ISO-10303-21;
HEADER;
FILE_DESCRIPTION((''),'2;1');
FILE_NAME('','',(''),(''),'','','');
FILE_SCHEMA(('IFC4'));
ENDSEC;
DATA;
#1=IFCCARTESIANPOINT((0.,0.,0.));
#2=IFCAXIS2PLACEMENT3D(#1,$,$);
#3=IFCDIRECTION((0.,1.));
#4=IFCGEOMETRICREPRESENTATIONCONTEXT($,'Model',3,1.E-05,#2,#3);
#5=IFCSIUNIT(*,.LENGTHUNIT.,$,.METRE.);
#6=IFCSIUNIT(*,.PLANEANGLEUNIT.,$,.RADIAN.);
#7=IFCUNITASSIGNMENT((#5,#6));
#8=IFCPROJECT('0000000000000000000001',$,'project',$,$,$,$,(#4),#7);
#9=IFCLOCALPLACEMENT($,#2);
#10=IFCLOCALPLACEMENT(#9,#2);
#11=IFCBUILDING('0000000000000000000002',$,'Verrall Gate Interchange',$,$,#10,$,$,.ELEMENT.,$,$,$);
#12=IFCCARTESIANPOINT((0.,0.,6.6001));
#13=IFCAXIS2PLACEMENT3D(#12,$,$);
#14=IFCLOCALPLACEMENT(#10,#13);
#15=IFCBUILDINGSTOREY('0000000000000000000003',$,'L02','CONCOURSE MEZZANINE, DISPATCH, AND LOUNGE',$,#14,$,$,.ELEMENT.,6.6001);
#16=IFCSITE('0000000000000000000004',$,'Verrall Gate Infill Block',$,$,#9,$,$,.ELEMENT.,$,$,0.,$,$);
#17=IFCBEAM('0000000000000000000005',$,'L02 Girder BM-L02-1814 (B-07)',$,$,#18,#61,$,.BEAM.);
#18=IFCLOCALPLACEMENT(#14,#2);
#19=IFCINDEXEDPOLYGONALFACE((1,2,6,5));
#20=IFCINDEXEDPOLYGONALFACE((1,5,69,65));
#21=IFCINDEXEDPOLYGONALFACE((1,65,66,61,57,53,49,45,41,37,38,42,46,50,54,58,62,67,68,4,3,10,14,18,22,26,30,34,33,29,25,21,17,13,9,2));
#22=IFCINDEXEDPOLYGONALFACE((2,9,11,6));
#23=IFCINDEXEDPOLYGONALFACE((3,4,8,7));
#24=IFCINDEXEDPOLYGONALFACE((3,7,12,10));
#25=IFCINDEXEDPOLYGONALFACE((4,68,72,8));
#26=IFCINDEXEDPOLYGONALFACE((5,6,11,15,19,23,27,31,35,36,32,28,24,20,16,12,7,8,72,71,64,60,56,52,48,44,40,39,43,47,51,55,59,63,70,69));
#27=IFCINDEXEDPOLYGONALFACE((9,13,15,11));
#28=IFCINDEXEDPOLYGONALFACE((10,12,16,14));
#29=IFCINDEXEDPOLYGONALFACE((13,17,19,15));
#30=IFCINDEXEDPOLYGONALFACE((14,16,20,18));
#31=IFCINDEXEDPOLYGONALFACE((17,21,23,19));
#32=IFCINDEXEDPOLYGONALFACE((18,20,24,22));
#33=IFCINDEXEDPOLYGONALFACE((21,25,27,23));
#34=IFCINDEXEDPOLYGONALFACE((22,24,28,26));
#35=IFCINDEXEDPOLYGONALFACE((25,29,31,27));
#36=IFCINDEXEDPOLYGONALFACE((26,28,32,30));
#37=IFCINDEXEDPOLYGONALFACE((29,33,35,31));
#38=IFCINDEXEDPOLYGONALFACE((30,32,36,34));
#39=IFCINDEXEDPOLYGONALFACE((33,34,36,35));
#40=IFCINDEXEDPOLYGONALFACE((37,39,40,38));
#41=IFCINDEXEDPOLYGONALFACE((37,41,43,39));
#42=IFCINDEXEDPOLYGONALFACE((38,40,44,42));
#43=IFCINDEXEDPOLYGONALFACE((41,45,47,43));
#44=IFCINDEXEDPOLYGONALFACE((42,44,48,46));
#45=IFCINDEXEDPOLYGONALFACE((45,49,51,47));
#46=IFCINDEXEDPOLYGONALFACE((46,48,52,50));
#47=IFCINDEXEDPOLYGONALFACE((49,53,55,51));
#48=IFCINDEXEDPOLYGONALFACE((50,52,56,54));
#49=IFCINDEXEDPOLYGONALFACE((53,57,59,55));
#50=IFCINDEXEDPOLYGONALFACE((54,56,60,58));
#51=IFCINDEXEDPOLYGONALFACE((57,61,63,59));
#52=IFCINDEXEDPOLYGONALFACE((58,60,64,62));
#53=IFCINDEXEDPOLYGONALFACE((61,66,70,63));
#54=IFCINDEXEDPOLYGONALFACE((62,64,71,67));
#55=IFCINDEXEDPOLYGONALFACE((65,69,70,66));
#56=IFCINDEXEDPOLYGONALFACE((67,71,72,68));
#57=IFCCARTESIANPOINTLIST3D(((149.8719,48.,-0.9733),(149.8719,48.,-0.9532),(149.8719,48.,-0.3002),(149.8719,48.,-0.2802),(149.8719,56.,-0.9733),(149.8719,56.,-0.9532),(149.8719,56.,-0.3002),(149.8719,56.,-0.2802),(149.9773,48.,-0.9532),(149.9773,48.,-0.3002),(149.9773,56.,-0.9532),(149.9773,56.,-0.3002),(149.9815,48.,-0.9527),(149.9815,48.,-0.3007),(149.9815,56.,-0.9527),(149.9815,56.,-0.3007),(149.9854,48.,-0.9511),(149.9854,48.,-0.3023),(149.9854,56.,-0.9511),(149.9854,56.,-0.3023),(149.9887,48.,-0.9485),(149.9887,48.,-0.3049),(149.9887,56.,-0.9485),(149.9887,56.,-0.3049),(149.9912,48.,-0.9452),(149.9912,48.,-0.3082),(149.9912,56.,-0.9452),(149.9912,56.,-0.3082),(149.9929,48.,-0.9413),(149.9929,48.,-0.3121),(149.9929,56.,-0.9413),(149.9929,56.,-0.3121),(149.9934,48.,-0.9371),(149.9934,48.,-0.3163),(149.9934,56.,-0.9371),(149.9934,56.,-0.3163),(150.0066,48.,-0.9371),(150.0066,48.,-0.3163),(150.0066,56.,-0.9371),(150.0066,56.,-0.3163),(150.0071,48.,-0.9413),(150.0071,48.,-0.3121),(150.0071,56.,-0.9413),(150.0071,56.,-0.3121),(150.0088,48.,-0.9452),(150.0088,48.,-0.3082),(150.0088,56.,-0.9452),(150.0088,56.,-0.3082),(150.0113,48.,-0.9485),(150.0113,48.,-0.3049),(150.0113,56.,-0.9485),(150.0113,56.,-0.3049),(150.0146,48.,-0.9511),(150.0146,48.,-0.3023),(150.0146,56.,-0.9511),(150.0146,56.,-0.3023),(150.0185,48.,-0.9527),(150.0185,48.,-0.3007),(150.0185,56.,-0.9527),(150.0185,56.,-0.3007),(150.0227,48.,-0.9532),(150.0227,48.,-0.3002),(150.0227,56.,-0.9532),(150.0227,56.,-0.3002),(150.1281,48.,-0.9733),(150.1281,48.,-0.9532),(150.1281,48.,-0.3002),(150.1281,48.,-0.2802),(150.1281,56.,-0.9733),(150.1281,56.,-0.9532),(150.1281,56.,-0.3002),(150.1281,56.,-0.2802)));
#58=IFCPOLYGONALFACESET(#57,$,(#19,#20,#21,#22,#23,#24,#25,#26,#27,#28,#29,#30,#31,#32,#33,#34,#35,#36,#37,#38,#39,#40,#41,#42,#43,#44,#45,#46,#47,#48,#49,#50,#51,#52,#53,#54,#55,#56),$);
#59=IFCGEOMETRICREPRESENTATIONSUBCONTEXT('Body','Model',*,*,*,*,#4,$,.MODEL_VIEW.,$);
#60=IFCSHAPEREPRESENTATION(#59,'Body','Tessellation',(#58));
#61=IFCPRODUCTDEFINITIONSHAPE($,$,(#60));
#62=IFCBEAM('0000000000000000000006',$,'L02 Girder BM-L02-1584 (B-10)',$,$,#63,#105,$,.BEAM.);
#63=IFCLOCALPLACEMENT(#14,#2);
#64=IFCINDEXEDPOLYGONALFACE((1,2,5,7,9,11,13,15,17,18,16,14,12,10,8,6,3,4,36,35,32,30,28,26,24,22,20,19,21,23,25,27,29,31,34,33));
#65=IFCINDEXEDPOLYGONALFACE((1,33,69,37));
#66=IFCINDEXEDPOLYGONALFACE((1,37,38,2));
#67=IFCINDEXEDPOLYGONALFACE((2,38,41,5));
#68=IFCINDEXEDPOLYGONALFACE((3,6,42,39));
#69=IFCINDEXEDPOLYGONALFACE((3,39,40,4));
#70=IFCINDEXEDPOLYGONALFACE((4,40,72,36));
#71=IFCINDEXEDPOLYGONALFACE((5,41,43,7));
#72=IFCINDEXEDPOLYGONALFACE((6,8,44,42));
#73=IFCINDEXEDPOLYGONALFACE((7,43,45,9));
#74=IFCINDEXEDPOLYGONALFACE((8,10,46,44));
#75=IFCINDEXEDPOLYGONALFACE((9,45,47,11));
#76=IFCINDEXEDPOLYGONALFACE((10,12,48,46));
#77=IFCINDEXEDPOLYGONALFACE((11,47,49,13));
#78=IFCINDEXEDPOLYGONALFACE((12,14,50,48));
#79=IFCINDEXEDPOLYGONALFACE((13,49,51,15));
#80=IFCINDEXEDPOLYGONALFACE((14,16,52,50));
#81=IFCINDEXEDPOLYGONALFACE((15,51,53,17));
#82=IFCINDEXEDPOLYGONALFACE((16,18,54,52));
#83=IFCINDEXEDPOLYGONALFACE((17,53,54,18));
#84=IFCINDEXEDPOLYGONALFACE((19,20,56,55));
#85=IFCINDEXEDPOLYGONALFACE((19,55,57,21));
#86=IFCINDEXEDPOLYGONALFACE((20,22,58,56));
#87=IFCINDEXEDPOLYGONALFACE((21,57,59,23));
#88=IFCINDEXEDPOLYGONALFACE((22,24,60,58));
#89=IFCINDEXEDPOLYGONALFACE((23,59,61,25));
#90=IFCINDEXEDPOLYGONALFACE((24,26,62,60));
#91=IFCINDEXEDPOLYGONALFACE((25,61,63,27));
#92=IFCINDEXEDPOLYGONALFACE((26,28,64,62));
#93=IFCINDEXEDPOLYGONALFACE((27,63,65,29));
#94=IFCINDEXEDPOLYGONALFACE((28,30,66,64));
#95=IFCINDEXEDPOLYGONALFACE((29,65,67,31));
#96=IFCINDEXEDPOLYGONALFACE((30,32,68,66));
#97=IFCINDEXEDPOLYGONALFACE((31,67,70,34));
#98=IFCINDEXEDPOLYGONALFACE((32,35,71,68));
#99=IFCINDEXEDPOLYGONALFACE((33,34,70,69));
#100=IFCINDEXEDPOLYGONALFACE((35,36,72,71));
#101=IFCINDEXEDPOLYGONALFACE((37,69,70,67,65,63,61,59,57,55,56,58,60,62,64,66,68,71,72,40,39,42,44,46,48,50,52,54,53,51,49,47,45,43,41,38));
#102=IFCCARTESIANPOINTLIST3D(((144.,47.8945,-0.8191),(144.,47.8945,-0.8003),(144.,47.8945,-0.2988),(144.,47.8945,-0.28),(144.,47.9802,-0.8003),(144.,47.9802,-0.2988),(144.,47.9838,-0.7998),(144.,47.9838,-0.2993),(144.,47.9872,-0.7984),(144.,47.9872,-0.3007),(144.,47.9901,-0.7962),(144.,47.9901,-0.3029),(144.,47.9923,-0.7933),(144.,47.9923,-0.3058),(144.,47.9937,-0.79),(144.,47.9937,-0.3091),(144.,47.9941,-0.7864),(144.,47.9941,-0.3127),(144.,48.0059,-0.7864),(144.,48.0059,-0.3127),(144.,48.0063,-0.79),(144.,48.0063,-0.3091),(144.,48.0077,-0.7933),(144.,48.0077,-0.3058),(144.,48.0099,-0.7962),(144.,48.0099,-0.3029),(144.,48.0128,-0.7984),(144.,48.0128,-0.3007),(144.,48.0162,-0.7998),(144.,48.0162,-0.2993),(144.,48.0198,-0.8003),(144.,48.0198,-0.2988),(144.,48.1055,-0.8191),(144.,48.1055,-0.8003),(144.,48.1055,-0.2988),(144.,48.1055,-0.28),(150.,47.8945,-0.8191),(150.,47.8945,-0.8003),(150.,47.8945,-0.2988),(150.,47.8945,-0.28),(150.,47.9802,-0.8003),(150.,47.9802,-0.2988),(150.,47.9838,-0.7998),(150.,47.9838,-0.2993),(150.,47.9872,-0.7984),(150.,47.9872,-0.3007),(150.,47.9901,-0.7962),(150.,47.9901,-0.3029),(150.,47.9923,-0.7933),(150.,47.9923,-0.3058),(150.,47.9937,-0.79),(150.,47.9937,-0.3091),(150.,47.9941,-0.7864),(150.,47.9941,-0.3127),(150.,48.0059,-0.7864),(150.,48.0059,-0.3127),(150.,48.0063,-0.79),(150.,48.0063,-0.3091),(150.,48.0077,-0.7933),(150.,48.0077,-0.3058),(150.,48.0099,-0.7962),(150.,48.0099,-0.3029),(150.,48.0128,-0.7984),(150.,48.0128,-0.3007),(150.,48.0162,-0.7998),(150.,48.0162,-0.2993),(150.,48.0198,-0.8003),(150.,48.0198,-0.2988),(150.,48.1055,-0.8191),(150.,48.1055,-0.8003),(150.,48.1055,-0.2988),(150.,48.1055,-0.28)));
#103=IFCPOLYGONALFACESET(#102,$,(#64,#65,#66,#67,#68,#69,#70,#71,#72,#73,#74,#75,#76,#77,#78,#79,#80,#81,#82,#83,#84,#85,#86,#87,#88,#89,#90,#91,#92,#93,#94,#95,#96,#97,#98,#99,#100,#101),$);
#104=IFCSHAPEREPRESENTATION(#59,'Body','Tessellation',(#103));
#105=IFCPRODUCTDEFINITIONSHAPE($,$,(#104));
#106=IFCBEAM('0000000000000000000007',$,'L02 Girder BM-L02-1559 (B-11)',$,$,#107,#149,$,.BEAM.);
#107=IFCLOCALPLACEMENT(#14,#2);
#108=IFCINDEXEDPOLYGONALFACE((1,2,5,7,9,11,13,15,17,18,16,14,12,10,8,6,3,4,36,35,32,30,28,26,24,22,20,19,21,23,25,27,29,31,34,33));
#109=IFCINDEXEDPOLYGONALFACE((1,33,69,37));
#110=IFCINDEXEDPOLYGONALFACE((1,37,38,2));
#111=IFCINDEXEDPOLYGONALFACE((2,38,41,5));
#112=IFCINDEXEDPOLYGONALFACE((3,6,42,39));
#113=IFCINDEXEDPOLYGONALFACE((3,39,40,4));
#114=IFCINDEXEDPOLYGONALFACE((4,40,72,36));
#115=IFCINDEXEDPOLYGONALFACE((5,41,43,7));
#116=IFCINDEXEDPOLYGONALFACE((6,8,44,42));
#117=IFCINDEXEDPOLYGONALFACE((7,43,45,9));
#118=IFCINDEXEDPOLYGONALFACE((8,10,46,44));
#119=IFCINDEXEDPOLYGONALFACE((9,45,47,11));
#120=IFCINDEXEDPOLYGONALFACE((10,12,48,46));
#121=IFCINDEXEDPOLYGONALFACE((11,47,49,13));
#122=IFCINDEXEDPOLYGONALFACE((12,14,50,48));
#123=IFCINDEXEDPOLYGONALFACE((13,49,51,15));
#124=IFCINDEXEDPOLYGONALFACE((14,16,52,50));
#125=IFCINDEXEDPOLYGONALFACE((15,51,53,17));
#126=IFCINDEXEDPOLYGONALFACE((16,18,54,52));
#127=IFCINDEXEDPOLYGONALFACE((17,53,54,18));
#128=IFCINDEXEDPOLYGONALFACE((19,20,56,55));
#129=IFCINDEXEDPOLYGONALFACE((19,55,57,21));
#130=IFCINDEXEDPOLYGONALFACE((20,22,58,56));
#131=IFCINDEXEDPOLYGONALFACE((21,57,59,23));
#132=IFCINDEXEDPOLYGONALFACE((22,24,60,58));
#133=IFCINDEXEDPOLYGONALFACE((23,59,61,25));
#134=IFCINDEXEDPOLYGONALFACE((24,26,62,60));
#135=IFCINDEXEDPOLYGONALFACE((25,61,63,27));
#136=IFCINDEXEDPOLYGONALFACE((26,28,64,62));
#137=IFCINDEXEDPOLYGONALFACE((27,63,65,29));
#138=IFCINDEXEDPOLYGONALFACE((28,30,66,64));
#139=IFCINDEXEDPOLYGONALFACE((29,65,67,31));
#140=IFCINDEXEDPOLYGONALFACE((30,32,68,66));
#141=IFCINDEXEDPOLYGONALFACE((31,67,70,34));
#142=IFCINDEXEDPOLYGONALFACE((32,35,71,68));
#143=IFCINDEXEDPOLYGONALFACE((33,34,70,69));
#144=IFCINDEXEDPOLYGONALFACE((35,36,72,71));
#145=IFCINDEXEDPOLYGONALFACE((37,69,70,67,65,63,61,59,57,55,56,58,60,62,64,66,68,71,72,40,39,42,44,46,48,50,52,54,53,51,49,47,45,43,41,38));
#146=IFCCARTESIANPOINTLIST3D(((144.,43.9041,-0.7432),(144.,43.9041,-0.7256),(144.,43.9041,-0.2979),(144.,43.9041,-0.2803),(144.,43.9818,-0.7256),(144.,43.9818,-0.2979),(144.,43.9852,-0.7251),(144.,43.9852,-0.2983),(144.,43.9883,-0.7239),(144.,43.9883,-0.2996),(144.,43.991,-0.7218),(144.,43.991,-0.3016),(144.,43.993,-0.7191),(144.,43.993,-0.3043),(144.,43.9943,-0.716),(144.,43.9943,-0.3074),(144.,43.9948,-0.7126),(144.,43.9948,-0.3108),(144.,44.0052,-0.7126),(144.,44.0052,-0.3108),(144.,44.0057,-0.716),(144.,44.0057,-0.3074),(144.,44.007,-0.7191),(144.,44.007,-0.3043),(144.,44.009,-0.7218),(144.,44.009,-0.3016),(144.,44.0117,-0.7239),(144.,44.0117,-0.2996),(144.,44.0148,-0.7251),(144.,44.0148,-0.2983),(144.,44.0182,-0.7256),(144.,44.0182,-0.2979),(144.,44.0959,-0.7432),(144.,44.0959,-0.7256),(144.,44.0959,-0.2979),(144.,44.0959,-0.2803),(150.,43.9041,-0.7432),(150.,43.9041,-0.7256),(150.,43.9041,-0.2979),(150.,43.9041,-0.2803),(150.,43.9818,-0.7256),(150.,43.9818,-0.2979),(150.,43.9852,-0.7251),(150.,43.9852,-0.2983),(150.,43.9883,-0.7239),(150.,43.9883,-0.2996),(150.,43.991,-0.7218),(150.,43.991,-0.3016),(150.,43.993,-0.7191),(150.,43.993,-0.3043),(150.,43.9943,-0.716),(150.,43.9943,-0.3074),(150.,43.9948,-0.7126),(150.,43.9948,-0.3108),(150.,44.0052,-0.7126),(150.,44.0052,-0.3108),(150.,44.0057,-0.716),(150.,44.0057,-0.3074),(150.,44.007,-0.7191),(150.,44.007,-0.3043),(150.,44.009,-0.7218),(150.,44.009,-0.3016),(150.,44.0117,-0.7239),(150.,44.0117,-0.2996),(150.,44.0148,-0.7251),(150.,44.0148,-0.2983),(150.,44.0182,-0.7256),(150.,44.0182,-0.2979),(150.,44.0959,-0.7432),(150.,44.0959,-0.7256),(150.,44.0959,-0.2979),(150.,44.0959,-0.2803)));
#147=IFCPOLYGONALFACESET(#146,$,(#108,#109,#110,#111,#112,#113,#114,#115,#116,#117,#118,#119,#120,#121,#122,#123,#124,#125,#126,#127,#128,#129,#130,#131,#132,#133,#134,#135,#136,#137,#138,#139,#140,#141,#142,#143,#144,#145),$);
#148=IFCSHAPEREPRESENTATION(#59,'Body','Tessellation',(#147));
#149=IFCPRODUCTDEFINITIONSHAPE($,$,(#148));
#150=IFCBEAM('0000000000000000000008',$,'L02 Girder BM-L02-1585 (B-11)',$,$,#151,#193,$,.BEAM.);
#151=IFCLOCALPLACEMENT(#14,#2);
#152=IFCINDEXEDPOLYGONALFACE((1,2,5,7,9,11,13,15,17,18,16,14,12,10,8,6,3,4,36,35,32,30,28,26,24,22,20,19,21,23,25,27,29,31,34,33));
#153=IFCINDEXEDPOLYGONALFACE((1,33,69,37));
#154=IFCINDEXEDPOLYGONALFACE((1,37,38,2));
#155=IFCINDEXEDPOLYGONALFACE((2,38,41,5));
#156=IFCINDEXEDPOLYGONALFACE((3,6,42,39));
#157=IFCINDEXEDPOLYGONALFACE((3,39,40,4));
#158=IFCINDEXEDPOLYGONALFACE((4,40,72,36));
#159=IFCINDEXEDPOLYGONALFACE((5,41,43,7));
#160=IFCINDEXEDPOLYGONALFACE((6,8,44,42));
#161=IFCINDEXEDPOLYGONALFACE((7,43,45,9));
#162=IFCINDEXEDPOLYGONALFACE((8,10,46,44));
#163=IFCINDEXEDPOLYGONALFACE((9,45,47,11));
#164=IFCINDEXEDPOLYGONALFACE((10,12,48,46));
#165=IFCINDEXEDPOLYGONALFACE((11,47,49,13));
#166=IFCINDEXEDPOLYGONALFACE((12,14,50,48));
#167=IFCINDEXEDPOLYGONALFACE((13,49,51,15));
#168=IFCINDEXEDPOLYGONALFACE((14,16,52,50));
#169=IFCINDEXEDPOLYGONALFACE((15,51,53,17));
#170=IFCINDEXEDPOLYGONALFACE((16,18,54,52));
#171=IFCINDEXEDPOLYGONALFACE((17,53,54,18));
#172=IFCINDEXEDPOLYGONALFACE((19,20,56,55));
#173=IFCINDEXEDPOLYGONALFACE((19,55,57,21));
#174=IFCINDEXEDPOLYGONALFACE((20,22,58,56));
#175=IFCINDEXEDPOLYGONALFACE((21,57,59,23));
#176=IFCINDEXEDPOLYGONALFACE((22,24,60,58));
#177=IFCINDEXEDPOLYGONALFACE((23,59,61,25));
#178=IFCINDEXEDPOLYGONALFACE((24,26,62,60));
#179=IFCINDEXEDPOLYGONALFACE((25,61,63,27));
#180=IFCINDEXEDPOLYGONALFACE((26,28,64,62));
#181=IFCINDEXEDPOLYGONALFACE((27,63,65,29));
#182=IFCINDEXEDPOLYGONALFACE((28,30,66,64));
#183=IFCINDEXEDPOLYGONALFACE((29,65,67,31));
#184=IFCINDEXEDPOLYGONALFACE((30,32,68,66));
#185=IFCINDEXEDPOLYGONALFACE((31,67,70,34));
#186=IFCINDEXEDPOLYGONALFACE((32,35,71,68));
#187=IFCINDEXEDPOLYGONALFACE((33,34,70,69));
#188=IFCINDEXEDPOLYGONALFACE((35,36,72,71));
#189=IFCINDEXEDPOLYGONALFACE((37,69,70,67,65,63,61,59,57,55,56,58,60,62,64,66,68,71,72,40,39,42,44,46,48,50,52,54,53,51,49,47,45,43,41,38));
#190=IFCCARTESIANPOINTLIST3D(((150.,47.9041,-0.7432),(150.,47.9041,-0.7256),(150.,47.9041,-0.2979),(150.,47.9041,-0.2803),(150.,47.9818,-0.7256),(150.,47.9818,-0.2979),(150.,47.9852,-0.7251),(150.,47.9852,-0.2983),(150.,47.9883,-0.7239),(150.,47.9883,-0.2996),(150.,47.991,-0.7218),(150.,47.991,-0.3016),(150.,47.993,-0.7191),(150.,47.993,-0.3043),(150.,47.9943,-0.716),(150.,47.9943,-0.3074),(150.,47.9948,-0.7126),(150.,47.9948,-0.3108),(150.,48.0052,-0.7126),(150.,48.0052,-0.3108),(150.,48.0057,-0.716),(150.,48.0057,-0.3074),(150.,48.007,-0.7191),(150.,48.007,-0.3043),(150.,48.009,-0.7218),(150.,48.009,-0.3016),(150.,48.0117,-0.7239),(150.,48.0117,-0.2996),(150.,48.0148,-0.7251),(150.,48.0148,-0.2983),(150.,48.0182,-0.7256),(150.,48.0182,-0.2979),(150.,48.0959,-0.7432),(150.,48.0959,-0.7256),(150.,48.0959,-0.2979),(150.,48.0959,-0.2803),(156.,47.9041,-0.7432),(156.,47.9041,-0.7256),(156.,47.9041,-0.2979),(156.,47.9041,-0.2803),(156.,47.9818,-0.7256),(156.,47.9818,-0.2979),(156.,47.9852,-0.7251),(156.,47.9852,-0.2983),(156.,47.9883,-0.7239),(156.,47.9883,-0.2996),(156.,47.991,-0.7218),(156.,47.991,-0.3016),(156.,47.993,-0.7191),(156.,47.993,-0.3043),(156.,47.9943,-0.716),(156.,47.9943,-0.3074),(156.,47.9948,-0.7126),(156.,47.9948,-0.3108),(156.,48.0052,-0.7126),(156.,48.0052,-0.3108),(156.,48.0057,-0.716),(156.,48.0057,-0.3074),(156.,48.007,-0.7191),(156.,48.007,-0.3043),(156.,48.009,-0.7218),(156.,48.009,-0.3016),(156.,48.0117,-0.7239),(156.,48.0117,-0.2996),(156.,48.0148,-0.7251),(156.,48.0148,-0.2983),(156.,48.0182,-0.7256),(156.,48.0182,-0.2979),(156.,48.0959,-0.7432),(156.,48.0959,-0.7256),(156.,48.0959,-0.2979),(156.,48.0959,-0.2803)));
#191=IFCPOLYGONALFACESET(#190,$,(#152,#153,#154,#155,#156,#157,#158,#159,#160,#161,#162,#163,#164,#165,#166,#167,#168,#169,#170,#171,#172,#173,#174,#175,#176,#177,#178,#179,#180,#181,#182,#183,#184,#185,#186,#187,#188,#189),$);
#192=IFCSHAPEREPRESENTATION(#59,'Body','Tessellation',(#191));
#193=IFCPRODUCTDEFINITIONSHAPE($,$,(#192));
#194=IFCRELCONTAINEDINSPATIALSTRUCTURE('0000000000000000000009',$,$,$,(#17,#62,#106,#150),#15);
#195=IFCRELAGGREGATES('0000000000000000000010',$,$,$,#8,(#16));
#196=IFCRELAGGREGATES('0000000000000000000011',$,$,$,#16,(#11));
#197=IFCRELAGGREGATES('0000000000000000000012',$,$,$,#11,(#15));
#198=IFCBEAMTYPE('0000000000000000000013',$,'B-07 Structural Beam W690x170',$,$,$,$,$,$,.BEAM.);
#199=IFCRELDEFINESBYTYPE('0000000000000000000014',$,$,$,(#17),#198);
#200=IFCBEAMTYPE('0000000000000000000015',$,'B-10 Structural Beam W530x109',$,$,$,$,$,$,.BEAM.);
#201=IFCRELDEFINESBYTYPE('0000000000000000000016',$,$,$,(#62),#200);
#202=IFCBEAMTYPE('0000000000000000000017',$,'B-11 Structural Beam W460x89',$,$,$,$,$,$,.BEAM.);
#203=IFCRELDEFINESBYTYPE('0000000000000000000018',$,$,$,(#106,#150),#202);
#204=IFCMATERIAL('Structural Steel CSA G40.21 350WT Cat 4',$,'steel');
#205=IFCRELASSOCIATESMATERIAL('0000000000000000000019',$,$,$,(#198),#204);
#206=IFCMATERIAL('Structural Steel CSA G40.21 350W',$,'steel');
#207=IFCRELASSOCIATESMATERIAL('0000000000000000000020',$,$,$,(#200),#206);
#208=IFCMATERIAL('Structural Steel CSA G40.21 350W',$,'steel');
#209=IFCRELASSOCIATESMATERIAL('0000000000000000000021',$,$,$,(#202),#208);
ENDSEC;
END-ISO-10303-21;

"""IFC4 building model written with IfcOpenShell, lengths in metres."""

from ifc_helpers import new_model, si_unit, direction, frame, origin, origin_2d, place, context, subcontext, project, spatial, i_section, extrude, material, material_profile, profile_set, type_object, element, save


model = new_model("IFC4")

# Units and contexts
model_context = context("Model", 3, precision=1e-05, world=origin(), true_north=direction((0.0, 1.0)))
body_context = subcontext(model_context, "Body", "Model", "MODEL_VIEW")
ifc_project = project(units=[si_unit("LENGTHUNIT", "METRE"), si_unit("PLANEANGLEUNIT", "RADIAN")], contexts=[model_context])

# Site, building, storey
site_placement = place(None, origin())
site = spatial("IfcSite", under=ifc_project, at=site_placement, Name="Verrall Gate Infill Block", CompositionType="ELEMENT", RefElevation=0.0)
building_placement = place(site_placement, origin())
building = spatial("IfcBuilding", under=site, at=building_placement, Name="Verrall Gate Interchange", CompositionType="ELEMENT")
storey_placement = place(building_placement, frame((0.0, 0.0, 6.6001)))
storey = spatial("IfcBuildingStorey", under=building, at=storey_placement, Name="L02", Description="CONCOURSE MEZZANINE, DISPATCH, AND LOUNGE", CompositionType="ELEMENT", Elevation=6.6001)

# Beams
ifc_material_1 = material(Name="Structural Steel CSA G40.21 350WT Cat 4", Category="steel")
ifc_material_profile_1 = material_profile(ifc_material_1, i_section(OverallWidth=0.2561, OverallDepth=0.6931, WebThickness=0.0132, FlangeThickness=0.02, FilletRadius=0.0161, at=origin_2d()), Name="W690x170")
ifc_profile_set_1 = profile_set([ifc_material_profile_1], Name="Structural Steel CSA G40.21 350WT Cat 4")
beam_type_1 = type_object("IfcBeamType", Name="B-07 Structural Beam W690x170", PredefinedType="BEAM", material=ifc_profile_set_1)
for number, where, z_axis, x_axis, name in (
    (1, (150.0, 48.0, -0.6267), (0.0, 1.0, 0.0), (-1.0, 0.0, 0.0), "L02 Girder BM-L02-1814 (B-07)"),
):
    element("IfcBeam", number, at=place(storey_placement, frame(where, z_axis=z_axis, x_axis=x_axis)), inside=storey, type_object=beam_type_1, Name=name, PredefinedType="BEAM", context=body_context, shape_type="SweptSolid", body=[
        extrude(i_section(OverallWidth=0.2561, OverallDepth=0.6931, WebThickness=0.0132, FlangeThickness=0.02, FilletRadius=0.0161, at=origin_2d()), origin(), (0.0, 0.0, 1.0), 8.0),
    ])
ifc_material_2 = material(Name="Structural Steel CSA G40.21 350W", Category="steel")
ifc_material_profile_2 = material_profile(ifc_material_2, i_section(OverallWidth=0.2109, OverallDepth=0.5391, WebThickness=0.0117, FlangeThickness=0.0188, FilletRadius=0.0139, at=origin_2d()), Name="W530x109")
ifc_profile_set_2 = profile_set([ifc_material_profile_2], Name="Structural Steel CSA G40.21 350W")
beam_type_2 = type_object("IfcBeamType", Name="B-10 Structural Beam W530x109", PredefinedType="BEAM", material=ifc_profile_set_2)
beam_1_placement = place(storey_placement, frame((144.0, 48.0, -0.5496), z_axis=(1.0, 0.0, 0.0), x_axis=(0.0, 1.0, 0.0)))
element("IfcBeam", 2, at=beam_1_placement, inside=storey, type_object=beam_type_2, Name="L02 Girder BM-L02-1584 (B-10)", PredefinedType="BEAM", context=body_context, shape_type="SweptSolid", body=[
    extrude(i_section(OverallWidth=0.2109, OverallDepth=0.5391, WebThickness=0.0117, FlangeThickness=0.0188, FilletRadius=0.0139, at=origin_2d()), origin(), (0.0, 0.0, 1.0), 6.0),
])
ifc_material_3 = material(Name="Structural Steel CSA G40.21 350W", Category="steel")
ifc_material_profile_3 = material_profile(ifc_material_3, i_section(OverallWidth=0.1919, OverallDepth=0.4629, WebThickness=0.0105, FlangeThickness=0.0176, FilletRadius=0.0129, at=origin_2d()), Name="W460x89")
ifc_profile_set_3 = profile_set([ifc_material_profile_3], Name="Structural Steel CSA G40.21 350W")
beam_type_3 = type_object("IfcBeamType", Name="B-11 Structural Beam W460x89", PredefinedType="BEAM", material=ifc_profile_set_3)
for number, where, z_axis, x_axis, name in (
    (3, (144.0, 44.0, -0.5117), (1.0, 0.0, 0.0), (0.0, 1.0, 0.0), "L02 Girder BM-L02-1559 (B-11)"),
    (4, (150.0, 48.0, -0.5117), (1.0, 0.0, 0.0), (0.0, 1.0, 0.0), "L02 Girder BM-L02-1585 (B-11)"),
):
    element("IfcBeam", number, at=place(storey_placement, frame(where, z_axis=z_axis, x_axis=x_axis)), inside=storey, type_object=beam_type_3, Name=name, PredefinedType="BEAM", context=body_context, shape_type="SweptSolid", body=[
        extrude(i_section(OverallWidth=0.1919, OverallDepth=0.4629, WebThickness=0.0105, FlangeThickness=0.0176, FilletRadius=0.0129, at=origin_2d()), origin(), (0.0, 0.0, 1.0), 6.0),
    ])

save(model, "model.ifc")
